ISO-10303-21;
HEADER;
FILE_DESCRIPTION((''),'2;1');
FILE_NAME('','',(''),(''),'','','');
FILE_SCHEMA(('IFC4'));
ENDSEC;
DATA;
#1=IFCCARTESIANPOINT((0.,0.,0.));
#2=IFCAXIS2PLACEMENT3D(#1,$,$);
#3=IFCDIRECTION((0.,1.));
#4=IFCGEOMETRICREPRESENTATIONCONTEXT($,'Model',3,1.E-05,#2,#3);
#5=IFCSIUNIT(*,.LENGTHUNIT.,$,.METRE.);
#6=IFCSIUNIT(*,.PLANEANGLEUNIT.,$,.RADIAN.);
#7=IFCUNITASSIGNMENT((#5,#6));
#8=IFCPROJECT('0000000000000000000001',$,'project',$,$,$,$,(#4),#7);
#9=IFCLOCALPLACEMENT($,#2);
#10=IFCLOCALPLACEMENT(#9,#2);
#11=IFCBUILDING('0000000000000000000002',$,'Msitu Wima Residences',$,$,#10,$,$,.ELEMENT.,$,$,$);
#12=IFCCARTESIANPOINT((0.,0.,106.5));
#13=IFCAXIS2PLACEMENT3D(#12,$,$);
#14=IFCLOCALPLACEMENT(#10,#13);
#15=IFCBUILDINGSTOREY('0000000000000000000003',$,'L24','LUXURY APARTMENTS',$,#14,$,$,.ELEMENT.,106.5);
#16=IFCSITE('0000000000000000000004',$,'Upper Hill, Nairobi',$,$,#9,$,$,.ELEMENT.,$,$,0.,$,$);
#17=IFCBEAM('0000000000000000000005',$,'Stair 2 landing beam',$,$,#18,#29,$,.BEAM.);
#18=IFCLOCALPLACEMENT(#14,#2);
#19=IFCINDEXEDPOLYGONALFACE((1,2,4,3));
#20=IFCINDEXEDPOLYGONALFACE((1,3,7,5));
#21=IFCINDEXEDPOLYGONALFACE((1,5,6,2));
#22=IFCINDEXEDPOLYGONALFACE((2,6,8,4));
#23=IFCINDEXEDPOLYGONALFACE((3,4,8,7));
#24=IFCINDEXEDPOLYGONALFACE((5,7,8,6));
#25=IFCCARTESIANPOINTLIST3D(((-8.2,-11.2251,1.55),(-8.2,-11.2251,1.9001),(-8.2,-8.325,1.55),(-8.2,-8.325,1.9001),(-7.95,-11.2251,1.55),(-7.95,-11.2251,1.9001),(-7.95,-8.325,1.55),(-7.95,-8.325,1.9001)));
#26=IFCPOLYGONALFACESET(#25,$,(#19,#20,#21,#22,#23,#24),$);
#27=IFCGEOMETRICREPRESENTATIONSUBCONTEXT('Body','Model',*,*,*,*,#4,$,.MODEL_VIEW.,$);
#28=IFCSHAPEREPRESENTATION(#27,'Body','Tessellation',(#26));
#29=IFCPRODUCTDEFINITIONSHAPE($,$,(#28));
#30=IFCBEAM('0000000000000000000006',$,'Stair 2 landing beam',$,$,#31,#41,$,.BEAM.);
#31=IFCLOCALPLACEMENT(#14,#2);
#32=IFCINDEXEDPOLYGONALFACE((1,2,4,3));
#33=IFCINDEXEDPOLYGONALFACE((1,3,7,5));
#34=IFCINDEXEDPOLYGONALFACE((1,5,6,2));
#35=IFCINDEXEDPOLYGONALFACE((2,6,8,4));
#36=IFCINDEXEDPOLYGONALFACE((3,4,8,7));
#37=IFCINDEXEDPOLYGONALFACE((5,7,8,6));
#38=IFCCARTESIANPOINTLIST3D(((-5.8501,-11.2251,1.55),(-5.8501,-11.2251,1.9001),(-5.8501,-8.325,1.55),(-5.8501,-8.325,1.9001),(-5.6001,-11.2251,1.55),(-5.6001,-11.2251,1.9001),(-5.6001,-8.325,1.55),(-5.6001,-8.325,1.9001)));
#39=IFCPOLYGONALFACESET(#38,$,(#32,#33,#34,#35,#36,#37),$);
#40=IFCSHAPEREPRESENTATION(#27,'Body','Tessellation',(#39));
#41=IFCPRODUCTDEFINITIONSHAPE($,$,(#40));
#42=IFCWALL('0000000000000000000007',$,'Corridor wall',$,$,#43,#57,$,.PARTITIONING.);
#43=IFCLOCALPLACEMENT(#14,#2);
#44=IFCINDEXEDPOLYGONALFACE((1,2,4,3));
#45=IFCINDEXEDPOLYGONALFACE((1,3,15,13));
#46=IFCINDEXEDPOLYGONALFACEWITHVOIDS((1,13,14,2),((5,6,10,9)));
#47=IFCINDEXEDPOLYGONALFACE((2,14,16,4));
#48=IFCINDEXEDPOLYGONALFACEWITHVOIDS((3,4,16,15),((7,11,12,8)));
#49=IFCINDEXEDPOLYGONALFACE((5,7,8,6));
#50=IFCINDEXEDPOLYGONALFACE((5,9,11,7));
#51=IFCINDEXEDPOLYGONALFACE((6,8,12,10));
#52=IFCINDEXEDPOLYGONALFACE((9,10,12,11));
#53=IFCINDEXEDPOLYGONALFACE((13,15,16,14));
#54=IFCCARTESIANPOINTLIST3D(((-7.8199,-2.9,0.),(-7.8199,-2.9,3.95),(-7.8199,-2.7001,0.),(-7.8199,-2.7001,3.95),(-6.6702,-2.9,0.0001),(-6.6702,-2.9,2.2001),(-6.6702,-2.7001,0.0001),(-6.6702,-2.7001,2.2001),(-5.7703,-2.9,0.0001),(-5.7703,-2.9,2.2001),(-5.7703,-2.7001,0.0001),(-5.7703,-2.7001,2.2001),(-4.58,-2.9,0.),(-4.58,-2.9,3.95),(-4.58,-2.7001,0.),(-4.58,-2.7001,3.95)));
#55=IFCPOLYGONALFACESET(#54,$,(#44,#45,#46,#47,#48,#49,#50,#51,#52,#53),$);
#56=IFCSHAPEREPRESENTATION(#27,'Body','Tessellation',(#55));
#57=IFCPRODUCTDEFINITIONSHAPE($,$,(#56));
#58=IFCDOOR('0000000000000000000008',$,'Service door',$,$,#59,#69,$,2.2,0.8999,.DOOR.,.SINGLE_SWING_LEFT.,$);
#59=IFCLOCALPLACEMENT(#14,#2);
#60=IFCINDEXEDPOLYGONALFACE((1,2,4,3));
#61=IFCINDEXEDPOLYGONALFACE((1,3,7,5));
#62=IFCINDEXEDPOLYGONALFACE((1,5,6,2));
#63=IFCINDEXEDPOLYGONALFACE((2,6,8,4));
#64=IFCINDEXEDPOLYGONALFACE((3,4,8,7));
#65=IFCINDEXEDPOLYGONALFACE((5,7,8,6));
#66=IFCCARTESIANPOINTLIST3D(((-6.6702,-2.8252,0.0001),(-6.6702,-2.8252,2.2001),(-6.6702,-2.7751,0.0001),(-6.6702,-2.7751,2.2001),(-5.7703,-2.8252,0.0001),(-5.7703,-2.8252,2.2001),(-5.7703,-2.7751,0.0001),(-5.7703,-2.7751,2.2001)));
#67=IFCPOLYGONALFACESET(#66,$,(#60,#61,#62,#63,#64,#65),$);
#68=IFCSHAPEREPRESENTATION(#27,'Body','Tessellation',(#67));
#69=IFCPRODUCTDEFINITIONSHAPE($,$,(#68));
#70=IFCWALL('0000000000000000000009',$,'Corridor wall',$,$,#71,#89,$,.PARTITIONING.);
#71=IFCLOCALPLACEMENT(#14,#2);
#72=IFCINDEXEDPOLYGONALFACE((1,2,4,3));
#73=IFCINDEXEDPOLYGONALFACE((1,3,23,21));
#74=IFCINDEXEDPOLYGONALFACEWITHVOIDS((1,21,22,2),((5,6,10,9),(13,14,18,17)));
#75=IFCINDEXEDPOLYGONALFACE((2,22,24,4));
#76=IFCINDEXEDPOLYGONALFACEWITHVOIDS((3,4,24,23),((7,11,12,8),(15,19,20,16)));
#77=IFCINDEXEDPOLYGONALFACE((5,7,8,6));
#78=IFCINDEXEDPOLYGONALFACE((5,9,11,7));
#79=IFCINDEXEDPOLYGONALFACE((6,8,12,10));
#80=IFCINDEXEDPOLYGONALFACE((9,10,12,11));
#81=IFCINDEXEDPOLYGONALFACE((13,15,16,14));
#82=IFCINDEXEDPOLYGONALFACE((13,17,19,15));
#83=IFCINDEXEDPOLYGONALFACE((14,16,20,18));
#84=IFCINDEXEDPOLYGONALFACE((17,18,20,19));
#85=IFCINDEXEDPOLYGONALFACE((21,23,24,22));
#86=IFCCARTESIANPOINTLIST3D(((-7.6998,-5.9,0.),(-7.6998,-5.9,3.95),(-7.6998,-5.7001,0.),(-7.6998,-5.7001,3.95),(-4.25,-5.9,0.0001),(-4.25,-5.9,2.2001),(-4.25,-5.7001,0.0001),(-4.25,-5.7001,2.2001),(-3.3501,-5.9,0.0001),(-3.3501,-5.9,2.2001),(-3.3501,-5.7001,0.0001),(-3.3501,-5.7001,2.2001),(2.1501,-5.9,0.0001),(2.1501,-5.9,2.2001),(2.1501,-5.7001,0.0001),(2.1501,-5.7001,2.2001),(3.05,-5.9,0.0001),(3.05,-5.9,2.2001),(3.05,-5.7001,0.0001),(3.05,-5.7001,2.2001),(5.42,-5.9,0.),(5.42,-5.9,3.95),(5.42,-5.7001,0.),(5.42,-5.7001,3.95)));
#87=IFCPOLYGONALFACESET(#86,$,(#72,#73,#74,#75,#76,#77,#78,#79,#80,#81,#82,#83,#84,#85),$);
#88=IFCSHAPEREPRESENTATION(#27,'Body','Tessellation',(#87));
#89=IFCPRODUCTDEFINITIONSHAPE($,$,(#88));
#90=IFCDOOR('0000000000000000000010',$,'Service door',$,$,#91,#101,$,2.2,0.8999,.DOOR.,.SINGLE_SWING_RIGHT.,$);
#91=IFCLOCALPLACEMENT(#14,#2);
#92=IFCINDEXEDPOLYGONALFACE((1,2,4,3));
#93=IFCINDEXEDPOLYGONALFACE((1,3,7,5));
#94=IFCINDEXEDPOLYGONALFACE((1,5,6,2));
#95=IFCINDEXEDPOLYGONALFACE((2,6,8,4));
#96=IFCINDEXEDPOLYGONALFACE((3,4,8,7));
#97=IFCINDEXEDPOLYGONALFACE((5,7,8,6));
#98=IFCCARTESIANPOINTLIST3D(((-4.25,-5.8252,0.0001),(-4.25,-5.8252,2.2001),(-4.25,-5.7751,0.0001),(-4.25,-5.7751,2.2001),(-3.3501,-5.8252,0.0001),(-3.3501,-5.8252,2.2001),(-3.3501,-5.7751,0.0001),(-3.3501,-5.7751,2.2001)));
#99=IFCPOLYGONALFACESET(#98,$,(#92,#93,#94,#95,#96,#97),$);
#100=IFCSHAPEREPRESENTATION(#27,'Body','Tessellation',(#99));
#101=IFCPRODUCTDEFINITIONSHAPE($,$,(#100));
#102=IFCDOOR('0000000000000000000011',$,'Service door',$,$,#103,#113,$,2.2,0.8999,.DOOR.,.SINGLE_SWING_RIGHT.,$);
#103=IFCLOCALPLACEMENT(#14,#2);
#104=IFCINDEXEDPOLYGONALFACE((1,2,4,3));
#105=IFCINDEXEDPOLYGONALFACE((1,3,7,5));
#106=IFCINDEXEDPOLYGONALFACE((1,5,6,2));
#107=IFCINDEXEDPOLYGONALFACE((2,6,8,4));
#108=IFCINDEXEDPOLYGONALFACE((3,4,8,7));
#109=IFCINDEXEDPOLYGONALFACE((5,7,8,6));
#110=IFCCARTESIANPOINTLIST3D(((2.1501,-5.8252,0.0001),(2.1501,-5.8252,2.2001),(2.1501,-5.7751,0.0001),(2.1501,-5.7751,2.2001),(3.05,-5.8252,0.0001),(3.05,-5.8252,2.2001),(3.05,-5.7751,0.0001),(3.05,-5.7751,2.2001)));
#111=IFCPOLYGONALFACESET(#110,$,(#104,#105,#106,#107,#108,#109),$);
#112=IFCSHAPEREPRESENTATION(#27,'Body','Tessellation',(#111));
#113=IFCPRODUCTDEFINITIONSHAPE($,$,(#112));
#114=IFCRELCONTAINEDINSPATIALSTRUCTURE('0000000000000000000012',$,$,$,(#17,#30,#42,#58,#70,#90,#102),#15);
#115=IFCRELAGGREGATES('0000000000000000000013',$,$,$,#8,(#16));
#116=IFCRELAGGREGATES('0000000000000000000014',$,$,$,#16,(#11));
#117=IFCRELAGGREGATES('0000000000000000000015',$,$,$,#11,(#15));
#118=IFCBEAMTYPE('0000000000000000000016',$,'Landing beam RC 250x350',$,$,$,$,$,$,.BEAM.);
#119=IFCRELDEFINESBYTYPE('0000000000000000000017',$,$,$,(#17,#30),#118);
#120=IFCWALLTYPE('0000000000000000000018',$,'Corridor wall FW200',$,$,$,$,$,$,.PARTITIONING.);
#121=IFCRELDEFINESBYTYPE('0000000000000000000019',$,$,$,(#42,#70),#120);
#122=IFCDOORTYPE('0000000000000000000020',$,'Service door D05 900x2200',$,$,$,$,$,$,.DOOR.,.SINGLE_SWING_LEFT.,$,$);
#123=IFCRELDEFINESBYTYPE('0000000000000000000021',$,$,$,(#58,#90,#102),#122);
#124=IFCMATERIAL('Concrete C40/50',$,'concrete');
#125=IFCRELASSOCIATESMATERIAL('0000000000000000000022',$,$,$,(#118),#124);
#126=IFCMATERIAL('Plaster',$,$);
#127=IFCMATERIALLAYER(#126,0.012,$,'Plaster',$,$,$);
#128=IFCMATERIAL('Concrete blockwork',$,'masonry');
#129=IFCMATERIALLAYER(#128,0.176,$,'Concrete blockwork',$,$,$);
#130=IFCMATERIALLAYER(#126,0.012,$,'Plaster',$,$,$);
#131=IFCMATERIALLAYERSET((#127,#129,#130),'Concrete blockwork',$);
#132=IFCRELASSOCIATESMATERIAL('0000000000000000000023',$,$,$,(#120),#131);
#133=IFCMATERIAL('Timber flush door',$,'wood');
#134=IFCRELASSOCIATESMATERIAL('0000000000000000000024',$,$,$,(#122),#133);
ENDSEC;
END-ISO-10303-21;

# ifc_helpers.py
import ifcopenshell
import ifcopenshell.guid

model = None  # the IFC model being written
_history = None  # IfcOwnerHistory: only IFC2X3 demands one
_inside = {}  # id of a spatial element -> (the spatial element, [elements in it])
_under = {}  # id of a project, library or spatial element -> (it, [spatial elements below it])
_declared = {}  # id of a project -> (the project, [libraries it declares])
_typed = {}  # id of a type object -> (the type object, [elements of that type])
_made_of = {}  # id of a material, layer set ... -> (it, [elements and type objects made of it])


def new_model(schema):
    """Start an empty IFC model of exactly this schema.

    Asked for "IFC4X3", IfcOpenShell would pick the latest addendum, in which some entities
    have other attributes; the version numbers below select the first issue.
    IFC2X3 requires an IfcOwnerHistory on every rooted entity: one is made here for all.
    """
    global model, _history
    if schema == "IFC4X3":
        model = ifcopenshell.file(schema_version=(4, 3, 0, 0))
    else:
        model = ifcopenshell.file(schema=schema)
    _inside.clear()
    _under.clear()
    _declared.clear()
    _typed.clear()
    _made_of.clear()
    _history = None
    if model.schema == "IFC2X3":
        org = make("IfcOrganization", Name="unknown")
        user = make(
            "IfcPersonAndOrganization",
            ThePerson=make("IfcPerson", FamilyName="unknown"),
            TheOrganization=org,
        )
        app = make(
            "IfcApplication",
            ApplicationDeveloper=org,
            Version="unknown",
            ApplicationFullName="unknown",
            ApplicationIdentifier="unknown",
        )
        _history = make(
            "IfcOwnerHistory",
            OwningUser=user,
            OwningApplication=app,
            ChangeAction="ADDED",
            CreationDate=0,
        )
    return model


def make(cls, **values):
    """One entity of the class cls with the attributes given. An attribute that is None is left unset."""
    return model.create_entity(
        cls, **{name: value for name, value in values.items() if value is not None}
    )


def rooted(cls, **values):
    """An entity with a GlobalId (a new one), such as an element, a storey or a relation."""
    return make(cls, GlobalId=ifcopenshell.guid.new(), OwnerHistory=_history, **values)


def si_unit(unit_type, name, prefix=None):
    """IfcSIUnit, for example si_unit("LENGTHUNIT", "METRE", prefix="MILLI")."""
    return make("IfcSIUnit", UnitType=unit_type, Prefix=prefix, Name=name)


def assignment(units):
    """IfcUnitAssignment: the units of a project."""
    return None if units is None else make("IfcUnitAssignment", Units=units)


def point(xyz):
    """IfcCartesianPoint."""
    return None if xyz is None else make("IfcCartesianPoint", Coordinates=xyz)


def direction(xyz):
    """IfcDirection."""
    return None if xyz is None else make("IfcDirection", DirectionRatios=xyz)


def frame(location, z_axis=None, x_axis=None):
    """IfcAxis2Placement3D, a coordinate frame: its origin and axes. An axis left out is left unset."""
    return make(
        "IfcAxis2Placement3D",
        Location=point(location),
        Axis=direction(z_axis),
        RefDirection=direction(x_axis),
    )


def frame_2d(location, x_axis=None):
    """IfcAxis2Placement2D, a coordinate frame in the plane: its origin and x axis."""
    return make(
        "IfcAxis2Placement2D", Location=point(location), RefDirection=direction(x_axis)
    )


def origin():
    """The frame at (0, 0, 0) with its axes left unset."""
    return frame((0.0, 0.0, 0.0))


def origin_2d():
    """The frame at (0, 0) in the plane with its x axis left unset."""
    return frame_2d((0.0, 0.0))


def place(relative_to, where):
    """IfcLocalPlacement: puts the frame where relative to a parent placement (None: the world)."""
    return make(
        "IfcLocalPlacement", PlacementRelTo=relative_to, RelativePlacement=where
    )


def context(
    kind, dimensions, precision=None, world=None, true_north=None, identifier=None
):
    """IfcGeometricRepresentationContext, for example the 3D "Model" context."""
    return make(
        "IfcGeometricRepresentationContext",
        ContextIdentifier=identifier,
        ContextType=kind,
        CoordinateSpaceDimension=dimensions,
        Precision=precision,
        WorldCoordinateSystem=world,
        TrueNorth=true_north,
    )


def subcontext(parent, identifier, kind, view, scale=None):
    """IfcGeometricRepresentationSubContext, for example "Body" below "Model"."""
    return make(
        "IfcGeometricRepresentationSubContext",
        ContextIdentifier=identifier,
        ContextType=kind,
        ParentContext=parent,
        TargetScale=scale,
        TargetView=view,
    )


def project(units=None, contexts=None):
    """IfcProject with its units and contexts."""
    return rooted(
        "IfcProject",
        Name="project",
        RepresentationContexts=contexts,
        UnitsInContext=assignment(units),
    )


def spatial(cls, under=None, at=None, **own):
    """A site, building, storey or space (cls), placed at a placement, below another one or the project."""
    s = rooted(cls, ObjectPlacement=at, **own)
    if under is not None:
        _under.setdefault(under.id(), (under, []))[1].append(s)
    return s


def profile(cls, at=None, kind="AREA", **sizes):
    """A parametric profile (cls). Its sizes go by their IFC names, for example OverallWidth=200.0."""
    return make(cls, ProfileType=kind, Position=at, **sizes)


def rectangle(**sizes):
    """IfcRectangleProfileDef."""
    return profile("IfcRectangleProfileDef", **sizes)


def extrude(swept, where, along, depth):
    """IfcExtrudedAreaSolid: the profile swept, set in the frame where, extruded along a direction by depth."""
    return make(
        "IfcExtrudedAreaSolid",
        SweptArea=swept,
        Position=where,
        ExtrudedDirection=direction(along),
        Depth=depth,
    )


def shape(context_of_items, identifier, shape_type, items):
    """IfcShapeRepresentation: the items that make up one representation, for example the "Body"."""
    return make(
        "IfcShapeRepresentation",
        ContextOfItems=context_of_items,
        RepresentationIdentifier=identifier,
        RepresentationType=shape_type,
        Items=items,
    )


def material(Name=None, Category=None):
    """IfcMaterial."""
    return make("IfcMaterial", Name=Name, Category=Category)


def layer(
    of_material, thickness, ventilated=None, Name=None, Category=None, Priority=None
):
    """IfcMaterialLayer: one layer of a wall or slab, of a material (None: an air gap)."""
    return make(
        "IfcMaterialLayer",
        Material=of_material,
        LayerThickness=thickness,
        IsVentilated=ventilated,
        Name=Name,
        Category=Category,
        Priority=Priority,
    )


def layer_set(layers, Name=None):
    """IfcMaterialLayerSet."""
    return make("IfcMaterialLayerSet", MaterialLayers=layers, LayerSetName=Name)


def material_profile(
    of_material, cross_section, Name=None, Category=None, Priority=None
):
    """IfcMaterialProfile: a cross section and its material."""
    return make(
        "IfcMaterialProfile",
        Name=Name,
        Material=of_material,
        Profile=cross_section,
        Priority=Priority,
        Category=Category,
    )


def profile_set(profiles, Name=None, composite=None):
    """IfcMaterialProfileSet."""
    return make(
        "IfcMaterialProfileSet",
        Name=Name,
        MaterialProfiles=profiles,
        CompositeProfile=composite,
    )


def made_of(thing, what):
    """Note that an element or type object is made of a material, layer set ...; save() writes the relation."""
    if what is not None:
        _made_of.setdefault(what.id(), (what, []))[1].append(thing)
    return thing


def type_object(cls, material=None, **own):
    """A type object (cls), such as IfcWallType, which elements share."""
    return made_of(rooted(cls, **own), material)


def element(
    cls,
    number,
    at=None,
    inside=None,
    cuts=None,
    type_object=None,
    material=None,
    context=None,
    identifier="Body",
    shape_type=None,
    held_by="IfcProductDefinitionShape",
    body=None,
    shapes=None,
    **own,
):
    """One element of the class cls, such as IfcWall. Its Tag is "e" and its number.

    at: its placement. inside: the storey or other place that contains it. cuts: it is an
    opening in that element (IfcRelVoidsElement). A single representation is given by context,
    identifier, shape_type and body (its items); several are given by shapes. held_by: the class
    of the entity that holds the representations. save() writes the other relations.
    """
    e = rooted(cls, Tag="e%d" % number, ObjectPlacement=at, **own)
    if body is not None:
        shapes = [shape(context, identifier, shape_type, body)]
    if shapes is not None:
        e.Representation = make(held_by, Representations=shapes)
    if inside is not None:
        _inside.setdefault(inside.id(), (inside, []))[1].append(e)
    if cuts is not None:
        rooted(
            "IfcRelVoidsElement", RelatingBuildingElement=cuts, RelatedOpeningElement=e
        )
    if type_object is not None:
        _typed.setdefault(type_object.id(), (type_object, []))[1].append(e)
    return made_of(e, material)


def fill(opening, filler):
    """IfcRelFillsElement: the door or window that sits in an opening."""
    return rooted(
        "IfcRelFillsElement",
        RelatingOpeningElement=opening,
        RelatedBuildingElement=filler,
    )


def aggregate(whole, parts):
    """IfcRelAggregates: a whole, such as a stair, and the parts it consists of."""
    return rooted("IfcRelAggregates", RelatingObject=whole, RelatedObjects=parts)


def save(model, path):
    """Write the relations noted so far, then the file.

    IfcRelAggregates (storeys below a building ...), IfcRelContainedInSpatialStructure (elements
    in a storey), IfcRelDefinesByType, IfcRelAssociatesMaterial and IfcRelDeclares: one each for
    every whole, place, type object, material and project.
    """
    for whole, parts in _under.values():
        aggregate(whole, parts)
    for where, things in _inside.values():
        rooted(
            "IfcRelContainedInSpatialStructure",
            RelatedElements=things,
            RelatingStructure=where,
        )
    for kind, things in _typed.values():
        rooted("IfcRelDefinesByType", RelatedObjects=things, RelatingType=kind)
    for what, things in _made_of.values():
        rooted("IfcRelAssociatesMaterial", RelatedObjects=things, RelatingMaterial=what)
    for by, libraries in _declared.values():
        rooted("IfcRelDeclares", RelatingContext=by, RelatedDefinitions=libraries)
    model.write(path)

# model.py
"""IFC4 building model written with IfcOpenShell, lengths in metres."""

from ifc_helpers import new_model, si_unit, direction, frame, frame_2d, origin, origin_2d, place, context, subcontext, project, spatial, rectangle, extrude, material, layer, layer_set, material_profile, profile_set, type_object, element, fill, save


model = new_model("IFC4")

# Units and contexts
model_context = context("Model", 3, precision=1e-05, world=origin(), true_north=direction((0.0, 1.0)))
body_context = subcontext(model_context, "Body", "Model", "MODEL_VIEW")
ifc_project = project(units=[si_unit("LENGTHUNIT", "METRE"), si_unit("PLANEANGLEUNIT", "RADIAN")], contexts=[model_context])

# Site, building, storey
site_placement = place(None, origin())
site = spatial("IfcSite", under=ifc_project, at=site_placement, Name="Upper Hill, Nairobi", CompositionType="ELEMENT", RefElevation=0.0)
building_placement = place(site_placement, origin())
building = spatial("IfcBuilding", under=site, at=building_placement, Name="Msitu Wima Residences", CompositionType="ELEMENT")
storey_placement = place(building_placement, frame((0.0, 0.0, 106.5)))
storey = spatial("IfcBuildingStorey", under=building, at=storey_placement, Name="L24", Description="LUXURY APARTMENTS", CompositionType="ELEMENT", Elevation=106.5)

# Beams
ifc_material_1 = material(Name="Concrete C40/50", Category="concrete")
ifc_material_profile = material_profile(ifc_material_1, rectangle(XDim=0.25, YDim=0.3501, at=origin_2d()), Name="RC 250x350")
ifc_profile_set = profile_set([ifc_material_profile], Name="Concrete C40/50")
beam_type = type_object("IfcBeamType", Name="Landing beam RC 250x350", PredefinedType="BEAM", material=ifc_profile_set)
for number, where, z_axis, x_axis, name in (
    (1, (-8.075, -11.2251, 1.7251), (0.0, 1.0, 0.0), (-1.0, 0.0, 0.0), "Stair 2 landing beam"),
    (2, (-5.7251, -11.2251, 1.7251), (0.0, 1.0, 0.0), (-1.0, 0.0, 0.0), "Stair 2 landing beam"),
):
    element("IfcBeam", number, at=place(storey_placement, frame(where, z_axis=z_axis, x_axis=x_axis)), inside=storey, type_object=beam_type, Name=name, PredefinedType="BEAM", context=body_context, shape_type="SweptSolid", body=[
        extrude(rectangle(XDim=0.25, YDim=0.3501, at=origin_2d()), origin(), (0.0, 0.0, 1.0), 2.9001),
    ])

# Wall, opening, door
ifc_material_2 = material(Name="Plaster")
ifc_layer_1 = layer(ifc_material_2, 0.012, Name="Plaster")
ifc_material_3 = material(Name="Concrete blockwork", Category="masonry")
ifc_layer_2 = layer(ifc_material_3, 0.176, Name="Concrete blockwork")
ifc_layer_3 = layer(ifc_material_2, 0.012, Name="Plaster")
ifc_layer_set_1 = layer_set([ifc_layer_1, ifc_layer_2, ifc_layer_3], Name="Concrete blockwork")
wall_type_1 = type_object("IfcWallType", Name="Corridor wall FW200", PredefinedType="PARTITIONING", material=ifc_layer_set_1)
wall_1_placement = place(storey_placement, frame((-7.8201, -2.8, 0.0), z_axis=(0.0, 0.0, 1.0), x_axis=(1.0, 0.0, 0.0)))
wall_1 = element("IfcWall", 3, at=wall_1_placement, inside=storey, type_object=wall_type_1, Name="Corridor wall", PredefinedType="PARTITIONING", context=body_context, shape_type="SweptSolid", body=[
    extrude(rectangle(XDim=3.24, YDim=0.2, at=frame_2d((1.6201, 0.0))), origin(), (0.0, 0.0, 1.0), 3.95),
])
opening_1_placement = place(wall_1_placement, frame((1.1499, 0.0, 0.0)))
opening_1 = element("IfcOpeningElement", 4, at=opening_1_placement, cuts=wall_1, PredefinedType="OPENING", context=body_context, shape_type="SweptSolid", body=[
    extrude(rectangle(XDim=0.8999, YDim=2.2, at=frame_2d((0.45, 1.1001))), frame((0.0, 0.1099, 0.0), z_axis=(0.0, -1.0, 0.0), x_axis=(1.0, 0.0, 0.0)), (0.0, 0.0, 1.0), 0.22),
])
ifc_material_4 = material(Name="Timber flush door", Category="wood")
door_type_1 = type_object("IfcDoorType", Name="Service door D05 900x2200", OperationType="SINGLE_SWING_LEFT", PredefinedType="DOOR", material=ifc_material_4)
door_1_placement = place(opening_1_placement, origin())
door_1 = element("IfcDoor", 5, at=door_1_placement, inside=storey, type_object=door_type_1, Name="Service door", OperationType="SINGLE_SWING_LEFT", OverallHeight=2.2, OverallWidth=0.8999, PredefinedType="DOOR", context=body_context, shape_type="SweptSolid", body=[
    extrude(rectangle(XDim=0.8999, YDim=2.2, at=frame_2d((0.45, 1.1001))), frame((0.0, 0.0249, 0.0), z_axis=(0.0, -1.0, 0.0), x_axis=(1.0, 0.0, 0.0)), (0.0, 0.0, 1.0), 0.05),
])
fill(opening_1, door_1)

# Wall, openings, doors
wall_2_placement = place(storey_placement, frame((-7.7, -5.8, 0.0), z_axis=(0.0, 0.0, 1.0), x_axis=(1.0, 0.0, 0.0)))
wall_2 = element("IfcWall", 6, at=wall_2_placement, inside=storey, type_object=wall_type_1, Name="Corridor wall", PredefinedType="PARTITIONING", context=body_context, shape_type="SweptSolid", body=[
    extrude(rectangle(XDim=13.1199, YDim=0.2, at=frame_2d((6.5601, 0.0))), origin(), (0.0, 0.0, 1.0), 3.95),
])
opening_2_placement = place(wall_2_placement, frame((3.45, 0.0, 0.0)))
opening_2 = element("IfcOpeningElement", 7, at=opening_2_placement, cuts=wall_2, PredefinedType="OPENING", context=body_context, shape_type="SweptSolid", body=[
    extrude(rectangle(XDim=0.8999, YDim=2.2, at=frame_2d((0.45, 1.1001))), frame((0.0, 0.1099, 0.0), z_axis=(0.0, -1.0, 0.0), x_axis=(1.0, 0.0, 0.0)), (0.0, 0.0, 1.0), 0.22),
])
opening_3_placement = place(wall_2_placement, frame((9.8501, 0.0, 0.0)))
opening_3 = element("IfcOpeningElement", 8, at=opening_3_placement, cuts=wall_2, PredefinedType="OPENING", context=body_context, shape_type="SweptSolid", body=[
    extrude(rectangle(XDim=0.8999, YDim=2.2, at=frame_2d((0.45, 1.1001))), frame((0.0, 0.1099, 0.0), z_axis=(0.0, -1.0, 0.0), x_axis=(1.0, 0.0, 0.0)), (0.0, 0.0, 1.0), 0.22),
])
door_2_placement = place(opening_2_placement, origin())
door_2 = element("IfcDoor", 9, at=door_2_placement, inside=storey, type_object=door_type_1, Name="Service door", OperationType="SINGLE_SWING_RIGHT", OverallHeight=2.2, OverallWidth=0.8999, PredefinedType="DOOR", context=body_context, shape_type="SweptSolid", body=[
    extrude(rectangle(XDim=0.8999, YDim=2.2, at=frame_2d((0.45, 1.1001))), frame((0.0, 0.0249, 0.0), z_axis=(0.0, -1.0, 0.0), x_axis=(1.0, 0.0, 0.0)), (0.0, 0.0, 1.0), 0.05),
])
fill(opening_2, door_2)
door_3_placement = place(opening_3_placement, origin())
door_3 = element("IfcDoor", 10, at=door_3_placement, inside=storey, type_object=door_type_1, Name="Service door", OperationType="SINGLE_SWING_RIGHT", OverallHeight=2.2, OverallWidth=0.8999, PredefinedType="DOOR", context=body_context, shape_type="SweptSolid", body=[
    extrude(rectangle(XDim=0.8999, YDim=2.2, at=frame_2d((0.45, 1.1001))), frame((0.0, 0.0249, 0.0), z_axis=(0.0, -1.0, 0.0), x_axis=(1.0, 0.0, 0.0)), (0.0, 0.0, 1.0), 0.05),
])
fill(opening_3, door_3)

save(model, "model.ifc")
